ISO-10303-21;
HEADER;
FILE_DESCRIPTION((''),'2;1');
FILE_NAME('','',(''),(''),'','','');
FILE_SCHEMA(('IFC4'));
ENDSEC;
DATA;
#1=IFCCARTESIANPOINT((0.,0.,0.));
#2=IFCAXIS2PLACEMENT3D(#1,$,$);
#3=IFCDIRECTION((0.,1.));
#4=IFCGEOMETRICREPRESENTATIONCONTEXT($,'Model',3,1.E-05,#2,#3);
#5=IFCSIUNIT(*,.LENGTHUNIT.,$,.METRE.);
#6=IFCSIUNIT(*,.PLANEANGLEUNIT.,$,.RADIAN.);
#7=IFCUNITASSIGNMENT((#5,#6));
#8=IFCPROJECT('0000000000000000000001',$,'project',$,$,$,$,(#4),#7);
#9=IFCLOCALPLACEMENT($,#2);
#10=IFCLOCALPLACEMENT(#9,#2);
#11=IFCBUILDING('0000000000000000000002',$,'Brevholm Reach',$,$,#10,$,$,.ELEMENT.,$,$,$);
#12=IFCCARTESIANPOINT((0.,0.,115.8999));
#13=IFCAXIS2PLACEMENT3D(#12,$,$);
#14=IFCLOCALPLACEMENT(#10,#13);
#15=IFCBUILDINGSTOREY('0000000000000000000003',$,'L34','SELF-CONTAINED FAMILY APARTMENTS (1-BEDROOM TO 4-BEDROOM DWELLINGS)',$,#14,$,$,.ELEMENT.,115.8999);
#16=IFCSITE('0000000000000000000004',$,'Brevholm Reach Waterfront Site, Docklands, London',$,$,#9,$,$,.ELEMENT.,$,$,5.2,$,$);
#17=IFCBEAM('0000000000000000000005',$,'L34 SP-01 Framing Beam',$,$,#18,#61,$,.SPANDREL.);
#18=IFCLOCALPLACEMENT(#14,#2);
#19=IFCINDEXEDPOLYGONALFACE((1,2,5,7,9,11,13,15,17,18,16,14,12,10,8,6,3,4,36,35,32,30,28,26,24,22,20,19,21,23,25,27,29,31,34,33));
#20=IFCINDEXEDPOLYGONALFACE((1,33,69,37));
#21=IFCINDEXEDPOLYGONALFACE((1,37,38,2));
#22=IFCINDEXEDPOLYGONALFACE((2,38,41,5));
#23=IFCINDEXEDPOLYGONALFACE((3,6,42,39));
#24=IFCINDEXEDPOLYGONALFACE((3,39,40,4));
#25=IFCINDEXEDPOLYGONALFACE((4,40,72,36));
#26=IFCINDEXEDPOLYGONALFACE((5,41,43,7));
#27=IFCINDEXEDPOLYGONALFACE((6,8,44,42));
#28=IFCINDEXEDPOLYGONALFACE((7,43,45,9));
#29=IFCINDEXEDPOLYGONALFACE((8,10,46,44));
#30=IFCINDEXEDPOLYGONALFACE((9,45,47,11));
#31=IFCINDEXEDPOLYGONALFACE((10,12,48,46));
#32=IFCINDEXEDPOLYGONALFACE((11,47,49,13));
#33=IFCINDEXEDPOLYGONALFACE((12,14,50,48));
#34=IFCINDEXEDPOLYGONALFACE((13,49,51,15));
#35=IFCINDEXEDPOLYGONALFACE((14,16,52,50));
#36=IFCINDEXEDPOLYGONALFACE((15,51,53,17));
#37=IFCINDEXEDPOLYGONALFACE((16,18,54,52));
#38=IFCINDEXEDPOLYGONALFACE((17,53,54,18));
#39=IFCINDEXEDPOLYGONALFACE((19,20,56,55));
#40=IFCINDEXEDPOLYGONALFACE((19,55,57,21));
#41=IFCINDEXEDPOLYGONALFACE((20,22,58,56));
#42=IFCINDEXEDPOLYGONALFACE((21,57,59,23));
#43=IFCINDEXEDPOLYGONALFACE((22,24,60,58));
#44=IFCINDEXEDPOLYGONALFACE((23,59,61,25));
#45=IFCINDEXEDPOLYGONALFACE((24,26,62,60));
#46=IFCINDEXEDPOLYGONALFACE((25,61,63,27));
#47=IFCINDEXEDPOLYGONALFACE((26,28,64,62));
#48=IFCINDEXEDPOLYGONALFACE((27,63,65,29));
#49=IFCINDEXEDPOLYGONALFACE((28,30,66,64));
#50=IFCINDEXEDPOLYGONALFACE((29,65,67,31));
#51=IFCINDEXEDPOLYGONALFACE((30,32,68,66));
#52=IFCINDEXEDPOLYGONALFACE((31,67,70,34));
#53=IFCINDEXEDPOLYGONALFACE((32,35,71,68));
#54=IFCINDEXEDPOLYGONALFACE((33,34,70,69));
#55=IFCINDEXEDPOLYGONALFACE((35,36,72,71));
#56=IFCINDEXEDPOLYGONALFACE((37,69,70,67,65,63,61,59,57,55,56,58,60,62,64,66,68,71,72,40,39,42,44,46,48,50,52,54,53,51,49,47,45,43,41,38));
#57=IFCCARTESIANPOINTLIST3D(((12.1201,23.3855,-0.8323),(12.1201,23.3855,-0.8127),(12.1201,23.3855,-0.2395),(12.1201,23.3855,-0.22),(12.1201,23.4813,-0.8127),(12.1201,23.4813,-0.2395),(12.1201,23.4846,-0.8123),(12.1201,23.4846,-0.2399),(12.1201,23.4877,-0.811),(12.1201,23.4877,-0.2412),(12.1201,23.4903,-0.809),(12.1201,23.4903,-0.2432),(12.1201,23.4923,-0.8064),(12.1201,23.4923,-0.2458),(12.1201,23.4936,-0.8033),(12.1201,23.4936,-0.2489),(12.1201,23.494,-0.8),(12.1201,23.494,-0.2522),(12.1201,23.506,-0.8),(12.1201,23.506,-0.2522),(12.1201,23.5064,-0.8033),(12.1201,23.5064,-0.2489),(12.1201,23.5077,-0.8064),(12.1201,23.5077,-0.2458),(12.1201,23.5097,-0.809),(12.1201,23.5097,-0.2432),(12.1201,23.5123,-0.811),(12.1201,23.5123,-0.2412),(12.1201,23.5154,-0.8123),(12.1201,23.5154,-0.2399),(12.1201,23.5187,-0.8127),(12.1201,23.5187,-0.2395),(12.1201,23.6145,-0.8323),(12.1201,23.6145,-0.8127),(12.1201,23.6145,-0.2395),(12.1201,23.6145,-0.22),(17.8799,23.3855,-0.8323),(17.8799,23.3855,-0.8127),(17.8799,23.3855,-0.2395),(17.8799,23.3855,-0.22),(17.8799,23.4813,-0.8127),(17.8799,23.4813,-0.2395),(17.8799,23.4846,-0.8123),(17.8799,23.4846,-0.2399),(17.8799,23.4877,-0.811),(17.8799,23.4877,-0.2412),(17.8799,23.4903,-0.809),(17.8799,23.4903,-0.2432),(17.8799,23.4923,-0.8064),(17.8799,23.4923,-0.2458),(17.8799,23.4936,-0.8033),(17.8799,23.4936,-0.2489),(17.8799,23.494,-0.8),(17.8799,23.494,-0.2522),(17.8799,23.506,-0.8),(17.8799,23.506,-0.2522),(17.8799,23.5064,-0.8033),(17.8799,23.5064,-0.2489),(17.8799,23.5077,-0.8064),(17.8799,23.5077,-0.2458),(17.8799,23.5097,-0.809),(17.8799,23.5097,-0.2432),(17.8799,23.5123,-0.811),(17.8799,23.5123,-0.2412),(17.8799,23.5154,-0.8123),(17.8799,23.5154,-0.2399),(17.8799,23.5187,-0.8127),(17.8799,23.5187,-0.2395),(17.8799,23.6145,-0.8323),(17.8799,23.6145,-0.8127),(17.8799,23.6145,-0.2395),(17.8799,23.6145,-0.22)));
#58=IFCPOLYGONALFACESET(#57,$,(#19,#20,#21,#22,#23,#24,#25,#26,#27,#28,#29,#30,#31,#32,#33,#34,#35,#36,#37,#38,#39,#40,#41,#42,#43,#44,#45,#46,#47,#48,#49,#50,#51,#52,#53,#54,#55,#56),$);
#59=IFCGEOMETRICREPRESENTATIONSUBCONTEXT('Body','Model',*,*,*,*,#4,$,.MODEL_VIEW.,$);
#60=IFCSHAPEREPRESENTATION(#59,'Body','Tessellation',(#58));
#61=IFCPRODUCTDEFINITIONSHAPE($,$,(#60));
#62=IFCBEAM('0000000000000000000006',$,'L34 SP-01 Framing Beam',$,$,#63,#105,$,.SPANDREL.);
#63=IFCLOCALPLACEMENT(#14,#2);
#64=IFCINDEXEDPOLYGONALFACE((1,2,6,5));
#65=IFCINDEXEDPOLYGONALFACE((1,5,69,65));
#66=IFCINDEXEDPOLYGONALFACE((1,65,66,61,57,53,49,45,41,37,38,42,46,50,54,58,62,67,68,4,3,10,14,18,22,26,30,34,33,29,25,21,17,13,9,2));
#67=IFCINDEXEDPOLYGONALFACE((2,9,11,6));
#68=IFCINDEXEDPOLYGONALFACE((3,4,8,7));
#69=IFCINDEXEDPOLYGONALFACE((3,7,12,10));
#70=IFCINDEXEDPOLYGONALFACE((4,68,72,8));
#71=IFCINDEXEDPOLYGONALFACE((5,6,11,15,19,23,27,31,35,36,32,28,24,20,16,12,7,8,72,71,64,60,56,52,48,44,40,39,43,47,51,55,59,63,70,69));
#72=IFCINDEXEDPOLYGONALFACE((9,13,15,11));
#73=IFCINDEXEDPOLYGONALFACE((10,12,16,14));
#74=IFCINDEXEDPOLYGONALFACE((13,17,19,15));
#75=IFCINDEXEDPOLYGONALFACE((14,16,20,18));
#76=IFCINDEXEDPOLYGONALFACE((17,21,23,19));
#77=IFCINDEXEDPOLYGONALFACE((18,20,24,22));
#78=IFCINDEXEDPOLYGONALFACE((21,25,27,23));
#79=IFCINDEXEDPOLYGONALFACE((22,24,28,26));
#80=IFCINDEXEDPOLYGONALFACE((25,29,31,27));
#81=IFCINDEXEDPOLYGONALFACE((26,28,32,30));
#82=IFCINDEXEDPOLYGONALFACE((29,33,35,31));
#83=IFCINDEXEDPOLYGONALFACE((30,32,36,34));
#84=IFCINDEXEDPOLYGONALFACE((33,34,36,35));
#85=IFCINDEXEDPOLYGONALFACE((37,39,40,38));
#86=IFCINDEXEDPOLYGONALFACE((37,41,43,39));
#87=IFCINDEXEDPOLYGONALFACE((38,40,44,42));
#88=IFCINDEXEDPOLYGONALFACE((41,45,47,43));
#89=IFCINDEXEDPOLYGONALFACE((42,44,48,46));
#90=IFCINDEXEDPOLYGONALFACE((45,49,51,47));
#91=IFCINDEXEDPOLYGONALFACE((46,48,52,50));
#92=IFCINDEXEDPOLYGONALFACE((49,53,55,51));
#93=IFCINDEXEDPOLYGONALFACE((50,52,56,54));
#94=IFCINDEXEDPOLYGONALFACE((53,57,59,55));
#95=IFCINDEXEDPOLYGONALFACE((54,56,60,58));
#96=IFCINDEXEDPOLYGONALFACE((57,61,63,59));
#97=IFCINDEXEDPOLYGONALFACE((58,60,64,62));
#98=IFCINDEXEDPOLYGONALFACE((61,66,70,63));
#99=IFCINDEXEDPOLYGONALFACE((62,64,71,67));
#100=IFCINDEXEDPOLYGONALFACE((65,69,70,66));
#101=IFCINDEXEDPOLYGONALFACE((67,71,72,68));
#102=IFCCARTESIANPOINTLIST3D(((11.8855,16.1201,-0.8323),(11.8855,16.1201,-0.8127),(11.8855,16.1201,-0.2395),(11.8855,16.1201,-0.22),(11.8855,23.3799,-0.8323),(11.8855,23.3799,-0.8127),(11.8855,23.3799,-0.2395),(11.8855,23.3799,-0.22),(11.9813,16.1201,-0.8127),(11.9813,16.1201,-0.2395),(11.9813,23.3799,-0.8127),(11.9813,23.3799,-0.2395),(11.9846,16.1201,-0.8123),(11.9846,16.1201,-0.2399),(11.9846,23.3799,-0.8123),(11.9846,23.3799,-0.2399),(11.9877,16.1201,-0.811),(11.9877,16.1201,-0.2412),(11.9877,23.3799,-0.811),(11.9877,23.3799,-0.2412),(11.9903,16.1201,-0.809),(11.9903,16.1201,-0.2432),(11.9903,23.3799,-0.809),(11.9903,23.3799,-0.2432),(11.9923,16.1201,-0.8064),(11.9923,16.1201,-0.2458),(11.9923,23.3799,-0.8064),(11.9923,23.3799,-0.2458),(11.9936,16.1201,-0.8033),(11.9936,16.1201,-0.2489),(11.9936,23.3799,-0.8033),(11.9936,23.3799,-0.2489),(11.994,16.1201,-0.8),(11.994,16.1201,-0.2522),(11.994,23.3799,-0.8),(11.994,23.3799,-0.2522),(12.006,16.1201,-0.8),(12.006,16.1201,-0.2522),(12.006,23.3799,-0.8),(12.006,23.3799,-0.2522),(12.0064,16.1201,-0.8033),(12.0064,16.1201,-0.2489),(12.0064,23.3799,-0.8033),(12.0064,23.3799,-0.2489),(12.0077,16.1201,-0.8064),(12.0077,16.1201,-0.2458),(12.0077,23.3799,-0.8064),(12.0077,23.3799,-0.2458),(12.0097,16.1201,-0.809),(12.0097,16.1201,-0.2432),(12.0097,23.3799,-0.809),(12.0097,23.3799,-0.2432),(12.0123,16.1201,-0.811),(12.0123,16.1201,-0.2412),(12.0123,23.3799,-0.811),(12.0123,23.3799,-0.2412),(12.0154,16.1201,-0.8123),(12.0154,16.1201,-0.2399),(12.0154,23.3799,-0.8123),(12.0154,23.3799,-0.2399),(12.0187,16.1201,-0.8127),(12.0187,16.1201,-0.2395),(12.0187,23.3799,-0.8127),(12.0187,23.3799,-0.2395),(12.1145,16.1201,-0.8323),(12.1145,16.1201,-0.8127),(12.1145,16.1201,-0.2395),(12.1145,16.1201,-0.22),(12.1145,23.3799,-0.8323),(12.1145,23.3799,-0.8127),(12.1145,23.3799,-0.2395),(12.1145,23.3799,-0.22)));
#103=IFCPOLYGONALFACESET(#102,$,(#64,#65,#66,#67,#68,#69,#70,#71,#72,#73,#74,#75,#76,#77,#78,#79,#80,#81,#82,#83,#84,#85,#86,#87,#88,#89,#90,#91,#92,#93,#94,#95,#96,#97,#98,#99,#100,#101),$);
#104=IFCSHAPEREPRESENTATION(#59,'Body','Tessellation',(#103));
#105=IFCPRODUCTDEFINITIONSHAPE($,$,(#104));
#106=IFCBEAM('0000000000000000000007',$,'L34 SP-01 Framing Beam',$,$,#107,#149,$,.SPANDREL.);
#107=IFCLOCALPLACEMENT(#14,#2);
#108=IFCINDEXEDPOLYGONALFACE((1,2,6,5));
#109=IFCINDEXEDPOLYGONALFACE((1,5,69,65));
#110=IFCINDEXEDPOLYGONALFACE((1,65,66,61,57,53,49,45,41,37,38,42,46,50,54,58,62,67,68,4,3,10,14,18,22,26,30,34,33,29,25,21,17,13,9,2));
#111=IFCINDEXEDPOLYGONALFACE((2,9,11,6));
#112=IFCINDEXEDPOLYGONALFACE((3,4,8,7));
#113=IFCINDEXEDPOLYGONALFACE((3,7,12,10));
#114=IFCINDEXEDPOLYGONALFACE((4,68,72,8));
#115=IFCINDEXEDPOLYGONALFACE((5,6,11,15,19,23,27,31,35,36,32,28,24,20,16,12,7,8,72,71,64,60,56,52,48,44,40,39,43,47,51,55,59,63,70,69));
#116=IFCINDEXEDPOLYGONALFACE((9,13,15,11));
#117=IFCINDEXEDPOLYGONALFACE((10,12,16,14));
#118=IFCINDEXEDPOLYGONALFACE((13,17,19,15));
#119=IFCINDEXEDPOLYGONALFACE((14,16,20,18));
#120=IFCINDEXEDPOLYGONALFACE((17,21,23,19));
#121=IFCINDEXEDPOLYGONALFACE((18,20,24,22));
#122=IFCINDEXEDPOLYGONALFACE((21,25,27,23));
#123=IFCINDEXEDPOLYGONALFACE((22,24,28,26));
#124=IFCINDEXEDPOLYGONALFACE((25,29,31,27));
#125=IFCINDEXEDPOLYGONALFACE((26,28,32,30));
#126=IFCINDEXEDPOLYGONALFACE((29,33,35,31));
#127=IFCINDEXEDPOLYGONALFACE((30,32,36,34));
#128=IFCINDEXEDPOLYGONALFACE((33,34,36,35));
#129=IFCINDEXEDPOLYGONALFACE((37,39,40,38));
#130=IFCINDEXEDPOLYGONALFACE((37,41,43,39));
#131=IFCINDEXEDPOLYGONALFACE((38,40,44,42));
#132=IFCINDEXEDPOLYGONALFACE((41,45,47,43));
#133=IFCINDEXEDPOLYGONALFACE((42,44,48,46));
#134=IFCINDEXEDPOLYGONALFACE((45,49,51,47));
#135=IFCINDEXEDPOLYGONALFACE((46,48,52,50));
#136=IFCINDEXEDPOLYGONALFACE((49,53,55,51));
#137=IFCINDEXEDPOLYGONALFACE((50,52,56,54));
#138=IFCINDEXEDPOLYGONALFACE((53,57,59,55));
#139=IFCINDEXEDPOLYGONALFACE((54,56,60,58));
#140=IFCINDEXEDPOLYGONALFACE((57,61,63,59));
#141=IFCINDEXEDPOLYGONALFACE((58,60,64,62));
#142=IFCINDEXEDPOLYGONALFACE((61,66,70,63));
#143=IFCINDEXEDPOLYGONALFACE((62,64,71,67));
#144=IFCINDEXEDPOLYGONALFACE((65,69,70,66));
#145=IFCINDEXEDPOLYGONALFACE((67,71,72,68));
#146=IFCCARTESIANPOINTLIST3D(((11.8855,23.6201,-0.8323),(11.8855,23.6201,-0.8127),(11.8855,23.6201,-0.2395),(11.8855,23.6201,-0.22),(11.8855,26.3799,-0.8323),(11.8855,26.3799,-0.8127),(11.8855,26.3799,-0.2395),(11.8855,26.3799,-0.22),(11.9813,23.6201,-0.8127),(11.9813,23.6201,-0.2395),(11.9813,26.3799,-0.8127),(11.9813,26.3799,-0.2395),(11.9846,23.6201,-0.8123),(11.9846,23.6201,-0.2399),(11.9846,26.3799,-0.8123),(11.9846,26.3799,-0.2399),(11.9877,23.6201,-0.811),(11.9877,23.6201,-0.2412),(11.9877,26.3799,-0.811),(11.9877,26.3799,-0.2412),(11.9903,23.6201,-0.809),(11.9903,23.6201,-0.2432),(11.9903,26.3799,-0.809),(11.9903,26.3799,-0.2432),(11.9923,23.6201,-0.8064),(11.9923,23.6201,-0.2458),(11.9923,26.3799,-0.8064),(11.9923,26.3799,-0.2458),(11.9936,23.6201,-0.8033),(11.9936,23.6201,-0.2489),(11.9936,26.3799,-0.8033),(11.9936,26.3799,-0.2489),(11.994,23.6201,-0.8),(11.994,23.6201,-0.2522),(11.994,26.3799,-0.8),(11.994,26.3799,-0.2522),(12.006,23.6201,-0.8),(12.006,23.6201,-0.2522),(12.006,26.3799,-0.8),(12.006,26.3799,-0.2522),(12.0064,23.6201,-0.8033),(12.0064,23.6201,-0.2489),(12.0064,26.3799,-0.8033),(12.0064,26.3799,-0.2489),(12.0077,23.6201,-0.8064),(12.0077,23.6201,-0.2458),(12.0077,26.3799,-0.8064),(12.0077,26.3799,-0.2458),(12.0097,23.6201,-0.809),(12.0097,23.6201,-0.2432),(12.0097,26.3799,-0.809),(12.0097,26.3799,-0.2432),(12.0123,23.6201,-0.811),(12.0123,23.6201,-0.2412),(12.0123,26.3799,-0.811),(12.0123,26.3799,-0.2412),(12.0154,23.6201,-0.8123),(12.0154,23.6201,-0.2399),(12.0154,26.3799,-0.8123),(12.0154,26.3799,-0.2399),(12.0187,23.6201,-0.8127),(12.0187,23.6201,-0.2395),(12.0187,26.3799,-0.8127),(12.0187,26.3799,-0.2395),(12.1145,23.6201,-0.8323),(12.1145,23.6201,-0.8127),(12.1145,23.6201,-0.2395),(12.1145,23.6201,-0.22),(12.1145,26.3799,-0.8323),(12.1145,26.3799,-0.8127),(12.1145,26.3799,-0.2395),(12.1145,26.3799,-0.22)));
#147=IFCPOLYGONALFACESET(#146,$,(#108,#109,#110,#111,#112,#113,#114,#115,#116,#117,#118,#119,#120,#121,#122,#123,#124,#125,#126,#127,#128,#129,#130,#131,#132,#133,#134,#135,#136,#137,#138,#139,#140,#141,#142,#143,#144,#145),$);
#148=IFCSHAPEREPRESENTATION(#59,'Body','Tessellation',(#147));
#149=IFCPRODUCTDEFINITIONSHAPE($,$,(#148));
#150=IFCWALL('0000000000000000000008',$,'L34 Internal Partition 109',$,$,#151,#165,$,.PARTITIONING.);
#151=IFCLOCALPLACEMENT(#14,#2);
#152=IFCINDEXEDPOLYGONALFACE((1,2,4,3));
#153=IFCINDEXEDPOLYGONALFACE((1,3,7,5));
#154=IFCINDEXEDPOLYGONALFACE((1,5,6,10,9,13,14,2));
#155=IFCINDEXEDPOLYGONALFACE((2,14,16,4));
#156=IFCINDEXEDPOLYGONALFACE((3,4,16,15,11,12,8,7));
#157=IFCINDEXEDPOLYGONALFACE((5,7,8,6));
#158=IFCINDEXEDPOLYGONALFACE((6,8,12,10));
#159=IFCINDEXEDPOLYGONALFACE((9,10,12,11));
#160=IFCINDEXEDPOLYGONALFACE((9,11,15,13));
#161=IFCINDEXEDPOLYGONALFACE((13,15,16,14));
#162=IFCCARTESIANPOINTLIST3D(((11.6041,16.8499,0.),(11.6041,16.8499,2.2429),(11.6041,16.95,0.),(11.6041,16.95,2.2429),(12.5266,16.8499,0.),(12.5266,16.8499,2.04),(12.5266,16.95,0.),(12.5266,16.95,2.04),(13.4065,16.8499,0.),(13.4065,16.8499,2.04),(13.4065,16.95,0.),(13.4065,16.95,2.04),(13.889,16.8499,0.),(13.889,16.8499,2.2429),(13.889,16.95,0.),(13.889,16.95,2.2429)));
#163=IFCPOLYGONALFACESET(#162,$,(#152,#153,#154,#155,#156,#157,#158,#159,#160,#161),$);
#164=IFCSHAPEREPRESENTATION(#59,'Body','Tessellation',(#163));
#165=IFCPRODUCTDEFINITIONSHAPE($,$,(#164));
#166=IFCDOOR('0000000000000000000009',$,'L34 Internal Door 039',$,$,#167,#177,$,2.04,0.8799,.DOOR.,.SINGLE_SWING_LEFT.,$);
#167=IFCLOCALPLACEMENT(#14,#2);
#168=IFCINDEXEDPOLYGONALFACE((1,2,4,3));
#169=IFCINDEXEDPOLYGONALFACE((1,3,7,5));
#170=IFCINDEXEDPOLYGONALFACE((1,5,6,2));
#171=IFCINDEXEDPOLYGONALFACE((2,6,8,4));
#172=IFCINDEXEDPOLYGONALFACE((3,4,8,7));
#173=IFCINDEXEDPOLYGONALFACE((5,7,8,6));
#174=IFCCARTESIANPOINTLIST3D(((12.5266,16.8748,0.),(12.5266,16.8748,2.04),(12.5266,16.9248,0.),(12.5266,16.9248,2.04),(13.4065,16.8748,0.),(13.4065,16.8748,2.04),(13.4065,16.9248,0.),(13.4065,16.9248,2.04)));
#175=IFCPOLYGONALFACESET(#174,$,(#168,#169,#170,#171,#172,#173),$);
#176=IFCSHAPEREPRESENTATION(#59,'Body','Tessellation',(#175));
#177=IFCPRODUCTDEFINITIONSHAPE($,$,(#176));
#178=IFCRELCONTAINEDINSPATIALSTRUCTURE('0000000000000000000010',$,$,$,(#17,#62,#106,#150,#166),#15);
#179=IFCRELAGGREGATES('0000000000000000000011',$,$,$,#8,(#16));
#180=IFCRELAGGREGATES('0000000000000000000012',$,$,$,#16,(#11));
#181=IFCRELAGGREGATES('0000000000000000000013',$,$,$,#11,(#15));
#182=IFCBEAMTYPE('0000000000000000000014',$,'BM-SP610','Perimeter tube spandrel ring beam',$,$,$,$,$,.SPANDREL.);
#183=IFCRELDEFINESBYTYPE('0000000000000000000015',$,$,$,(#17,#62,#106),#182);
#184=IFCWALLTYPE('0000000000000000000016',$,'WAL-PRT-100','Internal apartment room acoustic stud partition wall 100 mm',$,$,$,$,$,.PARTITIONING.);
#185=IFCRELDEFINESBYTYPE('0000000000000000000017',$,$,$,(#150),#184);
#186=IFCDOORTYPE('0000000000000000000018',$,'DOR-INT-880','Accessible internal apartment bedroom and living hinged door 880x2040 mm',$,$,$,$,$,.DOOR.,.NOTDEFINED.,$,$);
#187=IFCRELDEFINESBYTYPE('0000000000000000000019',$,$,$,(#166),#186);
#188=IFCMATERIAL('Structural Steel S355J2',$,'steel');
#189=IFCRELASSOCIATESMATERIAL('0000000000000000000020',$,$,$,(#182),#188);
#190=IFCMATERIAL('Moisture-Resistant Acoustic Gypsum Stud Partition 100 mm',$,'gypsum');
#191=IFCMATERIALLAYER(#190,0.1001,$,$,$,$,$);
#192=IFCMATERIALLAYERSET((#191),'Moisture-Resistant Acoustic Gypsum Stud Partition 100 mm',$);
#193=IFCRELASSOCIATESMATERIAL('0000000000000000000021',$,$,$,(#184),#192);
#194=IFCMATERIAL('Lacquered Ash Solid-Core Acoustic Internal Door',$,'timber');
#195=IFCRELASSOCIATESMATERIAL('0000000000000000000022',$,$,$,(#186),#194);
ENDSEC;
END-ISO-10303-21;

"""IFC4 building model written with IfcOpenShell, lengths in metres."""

from ifc_helpers import new_model, si_unit, direction, frame, frame_2d, origin, origin_2d, place, context, subcontext, project, spatial, rectangle, i_section, extrude, material, layer, layer_set, material_profile, profile_set, type_object, element, fill, save


model = new_model("IFC4")

# Units and contexts
model_context = context("Model", 3, precision=1e-05, world=origin(), true_north=direction((0.0, 1.0)))
body_context = subcontext(model_context, "Body", "Model", "MODEL_VIEW")
ifc_project = project(units=[si_unit("LENGTHUNIT", "METRE"), si_unit("PLANEANGLEUNIT", "RADIAN")], contexts=[model_context])

# Site, building, storey
site_placement = place(None, origin())
site = spatial("IfcSite", under=ifc_project, at=site_placement, Name="Brevholm Reach Waterfront Site, Docklands, London", CompositionType="ELEMENT", RefElevation=5.2)
building_placement = place(site_placement, origin())
building = spatial("IfcBuilding", under=site, at=building_placement, Name="Brevholm Reach", CompositionType="ELEMENT")
storey_placement = place(building_placement, frame((0.0, 0.0, 115.8999)))
storey = spatial("IfcBuildingStorey", under=building, at=storey_placement, Name="L34", Description="SELF-CONTAINED FAMILY APARTMENTS (1-BEDROOM TO 4-BEDROOM DWELLINGS)", CompositionType="ELEMENT", Elevation=115.8999)

# Beams
ifc_material_1 = material(Name="Structural Steel S355J2", Category="steel")
ifc_material_profile_1 = material_profile(ifc_material_1, i_section(OverallWidth=0.229, OverallDepth=0.6123, WebThickness=0.012, FlangeThickness=0.0195, FilletRadius=0.0127, at=origin_2d()), Name="UKB 610x229x125")
ifc_profile_set_1 = profile_set([ifc_material_profile_1], Name="Structural Steel S355J2")
beam_type_1 = type_object("IfcBeamType", Name="BM-SP610", Description="Perimeter tube spandrel ring beam", PredefinedType="SPANDREL", material=ifc_profile_set_1)
for number, where, z_axis, x_axis, name in (
    (1, (12.1201, 23.5, -0.5261), (1.0, 0.0, 0.0), (0.0, 1.0, 0.0), "L34 SP-01 Framing Beam"),
):
    element("IfcBeam", number, at=place(storey_placement, frame(where, z_axis=z_axis, x_axis=x_axis)), inside=storey, type_object=beam_type_1, Name=name, PredefinedType="SPANDREL", context=body_context, shape_type="SweptSolid", body=[
        extrude(i_section(OverallWidth=0.229, OverallDepth=0.6123, WebThickness=0.012, FlangeThickness=0.0195, FilletRadius=0.0127, at=origin_2d()), origin(), (0.0, 0.0, 1.0), 5.7598),
    ])
beam_1_placement = place(storey_placement, frame((12.0, 16.1201, -0.5261), z_axis=(0.0, 1.0, 0.0), x_axis=(-1.0, 0.0, 0.0)))
element("IfcBeam", 2, at=beam_1_placement, inside=storey, type_object=beam_type_1, Name="L34 SP-01 Framing Beam", PredefinedType="SPANDREL", context=body_context, shape_type="SweptSolid", body=[
    extrude(i_section(OverallWidth=0.229, OverallDepth=0.6123, WebThickness=0.012, FlangeThickness=0.0195, FilletRadius=0.0127, at=origin_2d()), origin(), (0.0, 0.0, 1.0), 7.2598),
])
beam_2_placement = place(storey_placement, frame((12.0, 23.6201, -0.5261), z_axis=(0.0, 1.0, 0.0), x_axis=(-1.0, 0.0, 0.0)))
element("IfcBeam", 3, at=beam_2_placement, inside=storey, type_object=beam_type_1, Name="L34 SP-01 Framing Beam", PredefinedType="SPANDREL", context=body_context, shape_type="SweptSolid", body=[
    extrude(i_section(OverallWidth=0.229, OverallDepth=0.6123, WebThickness=0.012, FlangeThickness=0.0195, FilletRadius=0.0127, at=origin_2d()), origin(), (0.0, 0.0, 1.0), 2.7598),
])

# Wall, opening, door
ifc_material_2 = material(Name="Moisture-Resistant Acoustic Gypsum Stud Partition 100 mm", Category="gypsum")
ifc_layer_1 = layer(ifc_material_2, 0.1001)
ifc_layer_set_1 = layer_set([ifc_layer_1], Name="Moisture-Resistant Acoustic Gypsum Stud Partition 100 mm")
wall_type_1 = type_object("IfcWallType", Name="WAL-PRT-100", Description="Internal apartment room acoustic stud partition wall 100 mm", PredefinedType="PARTITIONING", material=ifc_layer_set_1)
wall_1_placement = place(storey_placement, frame((11.604, 16.8999, 0.0), z_axis=(0.0, 0.0, 1.0), x_axis=(1.0, 0.0, 0.0)))
wall_1 = element("IfcWall", 4, at=wall_1_placement, inside=storey, type_object=wall_type_1, Name="L34 Internal Partition 109", PredefinedType="PARTITIONING", context=body_context, shape_type="SweptSolid", body=[
    extrude(rectangle(XDim=2.2849, YDim=0.1001, at=frame_2d((1.1426, 0.0))), origin(), (0.0, 0.0, 1.0), 2.2429),
])
opening_1_placement = place(wall_1_placement, frame((0.9226, 0.0, 0.0)))
opening_1 = element("IfcOpeningElement", 5, at=opening_1_placement, cuts=wall_1, PredefinedType="OPENING", context=body_context, shape_type="SweptSolid", body=[
    extrude(rectangle(XDim=0.8799, YDim=2.04, at=frame_2d((0.4399, 1.02))), frame((0.0, 0.0601, 0.0), z_axis=(0.0, -1.0, 0.0), x_axis=(1.0, 0.0, 0.0)), (0.0, 0.0, 1.0), 0.1201),
])
ifc_material_3 = material(Name="Lacquered Ash Solid-Core Acoustic Internal Door", Category="timber")
door_type_1 = type_object("IfcDoorType", Name="DOR-INT-880", Description="Accessible internal apartment bedroom and living hinged door 880x2040 mm", OperationType="NOTDEFINED", PredefinedType="DOOR", material=ifc_material_3)
door_1_placement = place(opening_1_placement, origin())
door_1 = element("IfcDoor", 6, at=door_1_placement, inside=storey, type_object=door_type_1, Name="L34 Internal Door 039", OperationType="SINGLE_SWING_LEFT", OverallHeight=2.04, OverallWidth=0.8799, PredefinedType="DOOR", context=body_context, shape_type="SweptSolid", body=[
    extrude(rectangle(XDim=0.8799, YDim=2.04, at=frame_2d((0.4399, 1.02))), frame((0.0, 0.0249, 0.0), z_axis=(0.0, -1.0, 0.0), x_axis=(1.0, 0.0, 0.0)), (0.0, 0.0, 1.0), 0.05),
])
fill(opening_1, door_1)

save(model, "model.ifc")
